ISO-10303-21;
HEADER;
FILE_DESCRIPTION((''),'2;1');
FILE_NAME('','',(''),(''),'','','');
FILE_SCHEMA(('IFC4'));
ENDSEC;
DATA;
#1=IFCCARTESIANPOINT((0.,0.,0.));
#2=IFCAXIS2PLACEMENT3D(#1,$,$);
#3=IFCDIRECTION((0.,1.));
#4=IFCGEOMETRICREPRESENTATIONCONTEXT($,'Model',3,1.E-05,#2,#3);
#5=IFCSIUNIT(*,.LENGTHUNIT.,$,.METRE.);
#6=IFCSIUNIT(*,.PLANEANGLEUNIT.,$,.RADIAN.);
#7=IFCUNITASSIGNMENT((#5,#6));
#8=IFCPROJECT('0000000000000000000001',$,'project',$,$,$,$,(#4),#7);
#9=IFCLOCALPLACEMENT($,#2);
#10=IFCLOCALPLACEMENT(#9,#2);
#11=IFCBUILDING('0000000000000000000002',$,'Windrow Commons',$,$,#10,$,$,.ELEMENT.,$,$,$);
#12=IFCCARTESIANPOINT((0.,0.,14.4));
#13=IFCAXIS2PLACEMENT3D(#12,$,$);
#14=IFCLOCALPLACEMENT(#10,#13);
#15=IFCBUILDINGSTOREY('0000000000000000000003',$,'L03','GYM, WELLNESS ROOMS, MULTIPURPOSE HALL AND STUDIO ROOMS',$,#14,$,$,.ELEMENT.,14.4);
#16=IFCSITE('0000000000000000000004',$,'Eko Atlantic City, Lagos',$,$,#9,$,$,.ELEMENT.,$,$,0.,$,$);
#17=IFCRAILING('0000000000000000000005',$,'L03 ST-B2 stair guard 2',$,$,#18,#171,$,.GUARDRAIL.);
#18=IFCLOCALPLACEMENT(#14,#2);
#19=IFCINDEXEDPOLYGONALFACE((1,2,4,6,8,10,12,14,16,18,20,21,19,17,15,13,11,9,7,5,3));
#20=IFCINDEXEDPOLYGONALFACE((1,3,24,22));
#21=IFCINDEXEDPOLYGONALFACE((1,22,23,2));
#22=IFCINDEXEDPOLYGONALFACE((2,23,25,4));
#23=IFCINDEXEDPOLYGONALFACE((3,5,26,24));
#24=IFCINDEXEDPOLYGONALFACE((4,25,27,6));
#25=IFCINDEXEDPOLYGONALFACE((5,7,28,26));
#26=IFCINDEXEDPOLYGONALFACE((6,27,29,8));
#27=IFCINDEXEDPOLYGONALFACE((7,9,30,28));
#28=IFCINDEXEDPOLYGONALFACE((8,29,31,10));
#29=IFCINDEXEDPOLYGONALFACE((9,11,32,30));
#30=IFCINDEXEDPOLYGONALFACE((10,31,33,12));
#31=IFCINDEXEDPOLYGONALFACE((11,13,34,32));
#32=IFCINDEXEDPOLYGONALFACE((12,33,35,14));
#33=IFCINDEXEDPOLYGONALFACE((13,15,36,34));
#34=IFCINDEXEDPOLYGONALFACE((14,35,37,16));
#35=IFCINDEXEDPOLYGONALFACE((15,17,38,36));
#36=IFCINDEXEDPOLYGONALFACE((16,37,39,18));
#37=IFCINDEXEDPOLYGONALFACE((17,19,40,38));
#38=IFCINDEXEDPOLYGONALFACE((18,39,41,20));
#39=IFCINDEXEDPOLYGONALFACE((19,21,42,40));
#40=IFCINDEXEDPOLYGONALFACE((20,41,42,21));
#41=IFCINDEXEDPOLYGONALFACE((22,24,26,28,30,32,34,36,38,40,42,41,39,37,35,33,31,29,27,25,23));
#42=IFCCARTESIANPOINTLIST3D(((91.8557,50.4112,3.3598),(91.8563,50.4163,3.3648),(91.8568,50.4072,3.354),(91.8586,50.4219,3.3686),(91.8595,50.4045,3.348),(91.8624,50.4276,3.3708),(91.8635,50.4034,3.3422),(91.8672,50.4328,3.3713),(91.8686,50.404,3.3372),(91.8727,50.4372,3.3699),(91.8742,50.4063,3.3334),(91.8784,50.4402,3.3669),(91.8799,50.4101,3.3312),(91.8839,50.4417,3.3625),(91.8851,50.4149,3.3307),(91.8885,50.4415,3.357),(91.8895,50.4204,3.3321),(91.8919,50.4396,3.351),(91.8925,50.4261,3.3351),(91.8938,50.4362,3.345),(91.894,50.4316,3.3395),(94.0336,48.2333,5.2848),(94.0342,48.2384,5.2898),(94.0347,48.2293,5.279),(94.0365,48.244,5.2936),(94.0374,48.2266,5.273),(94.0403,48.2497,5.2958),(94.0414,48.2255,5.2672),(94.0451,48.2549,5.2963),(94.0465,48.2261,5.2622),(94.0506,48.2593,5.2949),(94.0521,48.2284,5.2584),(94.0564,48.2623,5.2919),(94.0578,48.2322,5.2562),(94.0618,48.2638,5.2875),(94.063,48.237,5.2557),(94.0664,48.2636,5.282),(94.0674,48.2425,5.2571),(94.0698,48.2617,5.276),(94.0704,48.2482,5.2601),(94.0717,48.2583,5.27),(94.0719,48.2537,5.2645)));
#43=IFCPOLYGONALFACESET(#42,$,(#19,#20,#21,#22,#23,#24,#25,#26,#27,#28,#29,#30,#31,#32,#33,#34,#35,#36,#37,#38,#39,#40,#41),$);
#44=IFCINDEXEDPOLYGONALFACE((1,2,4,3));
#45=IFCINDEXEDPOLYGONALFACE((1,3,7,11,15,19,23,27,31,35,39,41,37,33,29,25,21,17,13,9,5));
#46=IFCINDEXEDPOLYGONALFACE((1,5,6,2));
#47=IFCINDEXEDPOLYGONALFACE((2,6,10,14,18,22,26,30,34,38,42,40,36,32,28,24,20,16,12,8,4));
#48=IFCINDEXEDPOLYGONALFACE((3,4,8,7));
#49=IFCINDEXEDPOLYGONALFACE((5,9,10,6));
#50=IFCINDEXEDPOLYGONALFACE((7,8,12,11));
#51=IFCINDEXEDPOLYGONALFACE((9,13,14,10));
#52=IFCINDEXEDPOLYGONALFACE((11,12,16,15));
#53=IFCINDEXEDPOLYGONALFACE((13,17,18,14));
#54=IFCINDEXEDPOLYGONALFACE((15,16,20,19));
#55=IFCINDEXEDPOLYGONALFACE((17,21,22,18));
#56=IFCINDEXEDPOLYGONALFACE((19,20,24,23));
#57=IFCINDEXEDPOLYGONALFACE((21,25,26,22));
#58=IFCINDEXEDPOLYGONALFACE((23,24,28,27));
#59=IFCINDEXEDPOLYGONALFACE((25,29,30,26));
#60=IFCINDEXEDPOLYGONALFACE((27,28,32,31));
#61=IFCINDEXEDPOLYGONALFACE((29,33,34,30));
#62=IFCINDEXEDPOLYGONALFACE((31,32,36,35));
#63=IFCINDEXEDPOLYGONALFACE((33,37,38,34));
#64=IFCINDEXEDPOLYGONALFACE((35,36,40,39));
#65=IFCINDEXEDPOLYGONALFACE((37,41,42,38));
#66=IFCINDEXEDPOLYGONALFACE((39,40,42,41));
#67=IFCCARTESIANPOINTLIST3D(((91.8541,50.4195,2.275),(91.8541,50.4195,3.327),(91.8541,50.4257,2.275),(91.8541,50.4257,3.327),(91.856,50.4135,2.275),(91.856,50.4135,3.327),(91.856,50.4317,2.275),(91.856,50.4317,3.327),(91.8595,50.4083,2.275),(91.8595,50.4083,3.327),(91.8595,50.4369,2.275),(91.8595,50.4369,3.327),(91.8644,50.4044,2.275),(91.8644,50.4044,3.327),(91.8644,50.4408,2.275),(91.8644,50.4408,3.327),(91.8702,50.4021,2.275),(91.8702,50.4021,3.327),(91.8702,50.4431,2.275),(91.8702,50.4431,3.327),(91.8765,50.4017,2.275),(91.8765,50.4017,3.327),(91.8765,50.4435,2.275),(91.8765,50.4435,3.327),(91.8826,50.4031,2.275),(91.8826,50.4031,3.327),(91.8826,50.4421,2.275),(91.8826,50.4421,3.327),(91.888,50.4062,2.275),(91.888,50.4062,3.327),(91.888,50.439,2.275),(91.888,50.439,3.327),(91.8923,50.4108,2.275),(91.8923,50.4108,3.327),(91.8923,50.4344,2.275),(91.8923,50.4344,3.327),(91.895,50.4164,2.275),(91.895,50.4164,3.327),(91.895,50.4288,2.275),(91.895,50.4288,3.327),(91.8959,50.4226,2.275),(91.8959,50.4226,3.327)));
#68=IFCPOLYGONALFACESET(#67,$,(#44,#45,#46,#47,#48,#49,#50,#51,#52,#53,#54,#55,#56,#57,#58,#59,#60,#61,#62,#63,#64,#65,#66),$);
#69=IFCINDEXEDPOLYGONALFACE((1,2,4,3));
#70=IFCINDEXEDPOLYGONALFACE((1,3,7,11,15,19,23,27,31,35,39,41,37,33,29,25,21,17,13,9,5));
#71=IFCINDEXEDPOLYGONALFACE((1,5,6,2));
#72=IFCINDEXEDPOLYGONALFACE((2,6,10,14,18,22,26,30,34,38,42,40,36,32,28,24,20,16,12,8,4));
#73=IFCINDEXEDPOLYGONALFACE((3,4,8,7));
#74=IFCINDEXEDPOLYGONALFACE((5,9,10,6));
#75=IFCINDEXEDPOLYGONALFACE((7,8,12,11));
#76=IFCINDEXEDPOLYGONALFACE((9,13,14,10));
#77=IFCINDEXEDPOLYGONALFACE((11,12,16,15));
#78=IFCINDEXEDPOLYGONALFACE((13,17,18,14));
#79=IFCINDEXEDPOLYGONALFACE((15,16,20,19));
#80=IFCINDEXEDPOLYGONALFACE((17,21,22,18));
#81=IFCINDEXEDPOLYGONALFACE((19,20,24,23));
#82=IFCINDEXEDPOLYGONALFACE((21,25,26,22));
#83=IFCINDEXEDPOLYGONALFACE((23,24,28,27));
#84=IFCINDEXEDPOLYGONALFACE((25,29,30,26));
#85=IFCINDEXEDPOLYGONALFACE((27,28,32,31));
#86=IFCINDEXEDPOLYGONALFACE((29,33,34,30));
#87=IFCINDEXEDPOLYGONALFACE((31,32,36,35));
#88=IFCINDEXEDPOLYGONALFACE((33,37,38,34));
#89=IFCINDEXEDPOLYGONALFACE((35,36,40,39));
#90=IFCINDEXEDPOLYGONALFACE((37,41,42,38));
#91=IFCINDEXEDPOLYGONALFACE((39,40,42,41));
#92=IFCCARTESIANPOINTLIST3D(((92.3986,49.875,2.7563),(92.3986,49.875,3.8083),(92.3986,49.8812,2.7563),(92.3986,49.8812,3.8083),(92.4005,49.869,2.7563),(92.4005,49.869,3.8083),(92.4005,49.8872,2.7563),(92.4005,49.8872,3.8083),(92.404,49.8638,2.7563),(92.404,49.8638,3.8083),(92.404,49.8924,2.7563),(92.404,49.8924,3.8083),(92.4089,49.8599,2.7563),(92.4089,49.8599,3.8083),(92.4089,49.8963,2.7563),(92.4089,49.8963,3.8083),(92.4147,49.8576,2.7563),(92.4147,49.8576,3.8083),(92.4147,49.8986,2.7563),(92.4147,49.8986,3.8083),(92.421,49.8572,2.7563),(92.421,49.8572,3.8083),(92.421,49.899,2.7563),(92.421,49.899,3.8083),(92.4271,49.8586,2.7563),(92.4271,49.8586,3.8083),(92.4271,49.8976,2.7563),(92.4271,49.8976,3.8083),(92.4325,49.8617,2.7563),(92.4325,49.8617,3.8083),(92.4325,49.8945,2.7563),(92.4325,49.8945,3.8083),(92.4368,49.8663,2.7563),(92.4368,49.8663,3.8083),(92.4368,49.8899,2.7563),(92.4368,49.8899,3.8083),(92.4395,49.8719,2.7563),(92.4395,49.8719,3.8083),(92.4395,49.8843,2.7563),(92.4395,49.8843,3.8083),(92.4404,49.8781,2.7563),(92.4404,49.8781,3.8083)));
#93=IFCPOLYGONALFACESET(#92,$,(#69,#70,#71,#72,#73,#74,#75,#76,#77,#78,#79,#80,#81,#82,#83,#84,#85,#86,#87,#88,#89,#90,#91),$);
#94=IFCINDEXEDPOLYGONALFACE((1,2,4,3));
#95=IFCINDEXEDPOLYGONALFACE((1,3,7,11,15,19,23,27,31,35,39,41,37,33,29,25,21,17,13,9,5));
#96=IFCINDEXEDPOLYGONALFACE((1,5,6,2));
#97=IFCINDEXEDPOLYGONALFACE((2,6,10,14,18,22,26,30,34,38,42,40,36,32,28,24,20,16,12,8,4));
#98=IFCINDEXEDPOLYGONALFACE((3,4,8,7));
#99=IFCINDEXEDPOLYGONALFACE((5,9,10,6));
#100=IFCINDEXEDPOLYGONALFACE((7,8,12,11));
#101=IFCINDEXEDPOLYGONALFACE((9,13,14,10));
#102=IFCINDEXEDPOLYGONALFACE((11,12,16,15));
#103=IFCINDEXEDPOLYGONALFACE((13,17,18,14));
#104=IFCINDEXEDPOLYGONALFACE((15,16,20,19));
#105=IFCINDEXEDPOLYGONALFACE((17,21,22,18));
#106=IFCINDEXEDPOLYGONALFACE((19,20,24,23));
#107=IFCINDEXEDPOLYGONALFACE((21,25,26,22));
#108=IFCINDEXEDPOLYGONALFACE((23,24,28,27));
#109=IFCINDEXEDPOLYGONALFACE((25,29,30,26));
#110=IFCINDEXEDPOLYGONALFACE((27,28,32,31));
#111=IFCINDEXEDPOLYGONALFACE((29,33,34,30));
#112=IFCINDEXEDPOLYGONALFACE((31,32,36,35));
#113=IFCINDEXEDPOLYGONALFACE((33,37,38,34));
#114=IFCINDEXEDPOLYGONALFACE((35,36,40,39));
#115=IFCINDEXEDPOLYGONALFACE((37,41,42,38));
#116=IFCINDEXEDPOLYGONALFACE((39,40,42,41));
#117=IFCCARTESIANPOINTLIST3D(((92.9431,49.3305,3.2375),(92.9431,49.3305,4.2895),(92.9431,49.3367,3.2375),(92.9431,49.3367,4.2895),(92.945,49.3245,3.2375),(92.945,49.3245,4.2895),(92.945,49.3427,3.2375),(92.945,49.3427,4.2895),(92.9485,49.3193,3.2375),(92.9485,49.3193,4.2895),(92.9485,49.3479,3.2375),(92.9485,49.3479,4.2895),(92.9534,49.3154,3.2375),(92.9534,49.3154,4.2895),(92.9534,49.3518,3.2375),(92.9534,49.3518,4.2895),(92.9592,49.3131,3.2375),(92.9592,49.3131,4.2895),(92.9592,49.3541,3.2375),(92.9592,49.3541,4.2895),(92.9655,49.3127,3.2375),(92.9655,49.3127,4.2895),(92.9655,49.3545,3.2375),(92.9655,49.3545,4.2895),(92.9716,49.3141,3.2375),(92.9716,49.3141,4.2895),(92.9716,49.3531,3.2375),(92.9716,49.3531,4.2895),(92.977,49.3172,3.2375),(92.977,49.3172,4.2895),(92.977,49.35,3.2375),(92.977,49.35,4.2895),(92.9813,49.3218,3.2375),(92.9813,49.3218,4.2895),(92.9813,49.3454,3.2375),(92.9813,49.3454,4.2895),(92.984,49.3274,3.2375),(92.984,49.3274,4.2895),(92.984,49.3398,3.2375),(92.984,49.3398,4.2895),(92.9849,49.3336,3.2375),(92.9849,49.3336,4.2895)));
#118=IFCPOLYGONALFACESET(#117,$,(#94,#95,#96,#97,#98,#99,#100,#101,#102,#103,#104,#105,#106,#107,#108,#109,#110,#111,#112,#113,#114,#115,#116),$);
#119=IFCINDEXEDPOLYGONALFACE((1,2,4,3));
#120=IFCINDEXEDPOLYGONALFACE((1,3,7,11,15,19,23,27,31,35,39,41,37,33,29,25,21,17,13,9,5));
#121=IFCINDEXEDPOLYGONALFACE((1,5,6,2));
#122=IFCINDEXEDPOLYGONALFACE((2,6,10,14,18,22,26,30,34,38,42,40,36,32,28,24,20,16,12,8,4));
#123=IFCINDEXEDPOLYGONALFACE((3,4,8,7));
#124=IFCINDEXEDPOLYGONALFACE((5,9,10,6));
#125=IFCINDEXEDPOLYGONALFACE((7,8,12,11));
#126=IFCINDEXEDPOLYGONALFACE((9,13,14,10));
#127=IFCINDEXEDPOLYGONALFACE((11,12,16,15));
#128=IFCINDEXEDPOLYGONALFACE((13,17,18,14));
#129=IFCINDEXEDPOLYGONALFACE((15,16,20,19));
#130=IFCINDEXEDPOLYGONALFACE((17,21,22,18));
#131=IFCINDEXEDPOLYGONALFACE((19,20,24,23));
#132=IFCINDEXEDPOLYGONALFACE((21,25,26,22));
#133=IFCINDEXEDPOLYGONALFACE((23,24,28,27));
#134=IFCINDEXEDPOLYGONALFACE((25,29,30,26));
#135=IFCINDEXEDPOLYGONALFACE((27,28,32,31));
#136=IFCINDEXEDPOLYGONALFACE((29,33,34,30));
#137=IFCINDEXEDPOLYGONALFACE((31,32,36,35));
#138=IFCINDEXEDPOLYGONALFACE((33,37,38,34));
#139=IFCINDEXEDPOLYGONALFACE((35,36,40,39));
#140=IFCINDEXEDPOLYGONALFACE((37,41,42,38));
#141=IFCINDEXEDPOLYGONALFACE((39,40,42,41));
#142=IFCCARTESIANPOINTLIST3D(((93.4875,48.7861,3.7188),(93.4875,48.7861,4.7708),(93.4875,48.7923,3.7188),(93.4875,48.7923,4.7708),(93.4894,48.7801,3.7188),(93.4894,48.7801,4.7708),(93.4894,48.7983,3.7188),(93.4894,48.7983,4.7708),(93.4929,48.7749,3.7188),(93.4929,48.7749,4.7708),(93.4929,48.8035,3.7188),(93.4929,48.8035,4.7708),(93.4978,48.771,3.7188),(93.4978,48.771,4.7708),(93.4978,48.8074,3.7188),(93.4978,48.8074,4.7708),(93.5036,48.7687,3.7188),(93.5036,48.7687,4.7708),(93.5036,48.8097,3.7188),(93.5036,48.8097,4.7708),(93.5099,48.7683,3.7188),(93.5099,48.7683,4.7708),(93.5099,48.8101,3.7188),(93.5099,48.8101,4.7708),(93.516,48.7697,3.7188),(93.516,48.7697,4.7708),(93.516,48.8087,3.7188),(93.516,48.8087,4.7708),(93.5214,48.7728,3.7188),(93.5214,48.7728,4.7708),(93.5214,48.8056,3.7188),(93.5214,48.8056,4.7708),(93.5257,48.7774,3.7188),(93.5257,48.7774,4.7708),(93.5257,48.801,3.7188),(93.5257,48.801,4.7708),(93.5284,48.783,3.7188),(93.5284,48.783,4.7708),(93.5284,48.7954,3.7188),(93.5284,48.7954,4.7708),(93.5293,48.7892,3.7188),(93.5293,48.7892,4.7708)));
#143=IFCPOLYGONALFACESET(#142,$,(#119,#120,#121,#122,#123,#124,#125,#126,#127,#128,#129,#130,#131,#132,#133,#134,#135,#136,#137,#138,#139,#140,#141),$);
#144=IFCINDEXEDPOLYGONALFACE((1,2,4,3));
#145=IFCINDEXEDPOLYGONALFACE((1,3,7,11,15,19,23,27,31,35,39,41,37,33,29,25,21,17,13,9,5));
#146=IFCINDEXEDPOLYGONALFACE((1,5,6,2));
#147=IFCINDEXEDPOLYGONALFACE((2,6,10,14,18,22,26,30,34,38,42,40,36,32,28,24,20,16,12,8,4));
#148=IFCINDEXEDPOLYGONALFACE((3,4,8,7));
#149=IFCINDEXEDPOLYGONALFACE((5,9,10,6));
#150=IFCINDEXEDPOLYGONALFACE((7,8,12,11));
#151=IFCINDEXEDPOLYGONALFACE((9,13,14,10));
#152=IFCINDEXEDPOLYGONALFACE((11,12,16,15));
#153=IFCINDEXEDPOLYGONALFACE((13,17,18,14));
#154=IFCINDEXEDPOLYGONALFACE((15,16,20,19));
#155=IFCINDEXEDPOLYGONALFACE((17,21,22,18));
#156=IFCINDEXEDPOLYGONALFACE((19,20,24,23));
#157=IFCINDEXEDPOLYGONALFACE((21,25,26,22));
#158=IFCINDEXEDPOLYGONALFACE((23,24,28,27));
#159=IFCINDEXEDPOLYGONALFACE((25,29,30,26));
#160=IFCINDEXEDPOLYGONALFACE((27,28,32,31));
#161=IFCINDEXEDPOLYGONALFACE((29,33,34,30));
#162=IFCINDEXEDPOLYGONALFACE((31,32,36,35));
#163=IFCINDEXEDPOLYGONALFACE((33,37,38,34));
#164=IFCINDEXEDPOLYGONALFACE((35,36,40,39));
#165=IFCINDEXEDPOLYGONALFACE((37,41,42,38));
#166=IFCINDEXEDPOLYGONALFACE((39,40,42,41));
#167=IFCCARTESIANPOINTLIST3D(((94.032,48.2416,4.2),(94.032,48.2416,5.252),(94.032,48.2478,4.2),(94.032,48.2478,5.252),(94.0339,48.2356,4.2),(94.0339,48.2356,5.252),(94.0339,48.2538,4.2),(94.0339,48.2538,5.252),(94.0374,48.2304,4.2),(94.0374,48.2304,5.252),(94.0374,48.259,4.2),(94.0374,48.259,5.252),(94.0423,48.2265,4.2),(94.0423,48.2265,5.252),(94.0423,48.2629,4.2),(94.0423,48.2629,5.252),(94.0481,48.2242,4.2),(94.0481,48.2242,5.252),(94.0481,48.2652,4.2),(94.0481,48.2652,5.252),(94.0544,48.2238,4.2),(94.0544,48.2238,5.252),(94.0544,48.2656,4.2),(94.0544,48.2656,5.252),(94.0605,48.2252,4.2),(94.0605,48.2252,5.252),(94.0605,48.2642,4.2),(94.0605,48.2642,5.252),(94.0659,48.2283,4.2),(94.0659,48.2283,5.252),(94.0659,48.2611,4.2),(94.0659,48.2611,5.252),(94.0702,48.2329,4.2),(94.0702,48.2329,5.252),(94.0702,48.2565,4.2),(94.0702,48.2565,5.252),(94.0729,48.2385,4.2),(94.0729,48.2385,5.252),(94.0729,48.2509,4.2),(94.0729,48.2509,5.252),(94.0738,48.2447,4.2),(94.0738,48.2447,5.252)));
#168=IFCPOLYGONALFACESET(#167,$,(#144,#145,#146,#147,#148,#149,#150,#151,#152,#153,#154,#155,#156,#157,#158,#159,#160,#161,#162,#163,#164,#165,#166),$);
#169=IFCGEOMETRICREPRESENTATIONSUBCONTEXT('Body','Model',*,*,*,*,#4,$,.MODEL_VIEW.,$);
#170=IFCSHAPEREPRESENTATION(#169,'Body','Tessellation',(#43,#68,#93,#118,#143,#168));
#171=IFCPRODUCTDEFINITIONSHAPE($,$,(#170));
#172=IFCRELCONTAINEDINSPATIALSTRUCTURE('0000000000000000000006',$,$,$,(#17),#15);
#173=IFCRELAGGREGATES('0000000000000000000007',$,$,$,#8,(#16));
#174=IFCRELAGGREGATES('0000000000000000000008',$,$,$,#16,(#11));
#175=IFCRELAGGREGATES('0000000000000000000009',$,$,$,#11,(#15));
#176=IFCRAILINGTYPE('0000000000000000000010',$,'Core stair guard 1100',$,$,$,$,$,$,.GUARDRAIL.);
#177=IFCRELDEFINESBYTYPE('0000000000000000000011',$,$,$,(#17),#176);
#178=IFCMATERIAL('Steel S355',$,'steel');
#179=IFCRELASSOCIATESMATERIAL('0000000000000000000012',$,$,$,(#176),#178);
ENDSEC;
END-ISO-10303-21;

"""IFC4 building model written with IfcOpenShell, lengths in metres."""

from ifc_helpers import new_model, si_unit, direction, frame, origin, origin_2d, place, context, subcontext, project, spatial, circle, extrude, material, type_object, element, save


model = new_model("IFC4")

# Units and contexts
model_context = context("Model", 3, precision=1e-05, world=origin(), true_north=direction((0.0, 1.0)))
body_context = subcontext(model_context, "Body", "Model", "MODEL_VIEW")
ifc_project = project(units=[si_unit("LENGTHUNIT", "METRE"), si_unit("PLANEANGLEUNIT", "RADIAN")], contexts=[model_context])

# Site, building, storey
site_placement = place(None, origin())
site = spatial("IfcSite", under=ifc_project, at=site_placement, Name="Eko Atlantic City, Lagos", CompositionType="ELEMENT", RefElevation=0.0)
building_placement = place(site_placement, origin())
building = spatial("IfcBuilding", under=site, at=building_placement, Name="Windrow Commons", CompositionType="ELEMENT")
storey_placement = place(building_placement, frame((0.0, 0.0, 14.4)))
storey = spatial("IfcBuildingStorey", under=building, at=storey_placement, Name="L03", Description="GYM, WELLNESS ROOMS, MULTIPURPOSE HALL AND STUDIO ROOMS", CompositionType="ELEMENT", Elevation=14.4)

# Railing
ifc_material_1 = material(Name="Steel S355", Category="steel")
railing_type_1 = type_object("IfcRailingType", Name="Core stair guard 1100", PredefinedType="GUARDRAIL", material=ifc_material_1)
railing_1_placement = place(storey_placement, frame((91.8749, 50.4226, 2.275)))
element("IfcRailing", 1, at=railing_1_placement, inside=storey, type_object=railing_type_1, Name="L03 ST-B2 stair guard 2", PredefinedType="GUARDRAIL", context=body_context, shape_type="SweptSolid", body=[
    extrude(circle(Radius=0.024, at=origin_2d()), frame((0.0, 0.0, 1.076), z_axis=(0.599626, -0.599626, 0.529997), x_axis=(0.707107, 0.707107, 0.0)), (0.0, 0.0, 1.0), 3.6321),
    extrude(circle(Radius=0.021, at=origin_2d()), origin(), (0.0, 0.0, 1.0), 1.052),
    extrude(circle(Radius=0.021, at=origin_2d()), frame((0.5445, -0.5445, 0.4813)), (0.0, 0.0, 1.0), 1.052),
    extrude(circle(Radius=0.021, at=origin_2d()), frame((1.089, -1.089, 0.9625)), (0.0, 0.0, 1.0), 1.052),
    extrude(circle(Radius=0.021, at=origin_2d()), frame((1.6334, -1.6334, 1.4438)), (0.0, 0.0, 1.0), 1.052),
    extrude(circle(Radius=0.021, at=origin_2d()), frame((2.1779, -2.1779, 1.925)), (0.0, 0.0, 1.0), 1.052),
])

save(model, "model.ifc")
